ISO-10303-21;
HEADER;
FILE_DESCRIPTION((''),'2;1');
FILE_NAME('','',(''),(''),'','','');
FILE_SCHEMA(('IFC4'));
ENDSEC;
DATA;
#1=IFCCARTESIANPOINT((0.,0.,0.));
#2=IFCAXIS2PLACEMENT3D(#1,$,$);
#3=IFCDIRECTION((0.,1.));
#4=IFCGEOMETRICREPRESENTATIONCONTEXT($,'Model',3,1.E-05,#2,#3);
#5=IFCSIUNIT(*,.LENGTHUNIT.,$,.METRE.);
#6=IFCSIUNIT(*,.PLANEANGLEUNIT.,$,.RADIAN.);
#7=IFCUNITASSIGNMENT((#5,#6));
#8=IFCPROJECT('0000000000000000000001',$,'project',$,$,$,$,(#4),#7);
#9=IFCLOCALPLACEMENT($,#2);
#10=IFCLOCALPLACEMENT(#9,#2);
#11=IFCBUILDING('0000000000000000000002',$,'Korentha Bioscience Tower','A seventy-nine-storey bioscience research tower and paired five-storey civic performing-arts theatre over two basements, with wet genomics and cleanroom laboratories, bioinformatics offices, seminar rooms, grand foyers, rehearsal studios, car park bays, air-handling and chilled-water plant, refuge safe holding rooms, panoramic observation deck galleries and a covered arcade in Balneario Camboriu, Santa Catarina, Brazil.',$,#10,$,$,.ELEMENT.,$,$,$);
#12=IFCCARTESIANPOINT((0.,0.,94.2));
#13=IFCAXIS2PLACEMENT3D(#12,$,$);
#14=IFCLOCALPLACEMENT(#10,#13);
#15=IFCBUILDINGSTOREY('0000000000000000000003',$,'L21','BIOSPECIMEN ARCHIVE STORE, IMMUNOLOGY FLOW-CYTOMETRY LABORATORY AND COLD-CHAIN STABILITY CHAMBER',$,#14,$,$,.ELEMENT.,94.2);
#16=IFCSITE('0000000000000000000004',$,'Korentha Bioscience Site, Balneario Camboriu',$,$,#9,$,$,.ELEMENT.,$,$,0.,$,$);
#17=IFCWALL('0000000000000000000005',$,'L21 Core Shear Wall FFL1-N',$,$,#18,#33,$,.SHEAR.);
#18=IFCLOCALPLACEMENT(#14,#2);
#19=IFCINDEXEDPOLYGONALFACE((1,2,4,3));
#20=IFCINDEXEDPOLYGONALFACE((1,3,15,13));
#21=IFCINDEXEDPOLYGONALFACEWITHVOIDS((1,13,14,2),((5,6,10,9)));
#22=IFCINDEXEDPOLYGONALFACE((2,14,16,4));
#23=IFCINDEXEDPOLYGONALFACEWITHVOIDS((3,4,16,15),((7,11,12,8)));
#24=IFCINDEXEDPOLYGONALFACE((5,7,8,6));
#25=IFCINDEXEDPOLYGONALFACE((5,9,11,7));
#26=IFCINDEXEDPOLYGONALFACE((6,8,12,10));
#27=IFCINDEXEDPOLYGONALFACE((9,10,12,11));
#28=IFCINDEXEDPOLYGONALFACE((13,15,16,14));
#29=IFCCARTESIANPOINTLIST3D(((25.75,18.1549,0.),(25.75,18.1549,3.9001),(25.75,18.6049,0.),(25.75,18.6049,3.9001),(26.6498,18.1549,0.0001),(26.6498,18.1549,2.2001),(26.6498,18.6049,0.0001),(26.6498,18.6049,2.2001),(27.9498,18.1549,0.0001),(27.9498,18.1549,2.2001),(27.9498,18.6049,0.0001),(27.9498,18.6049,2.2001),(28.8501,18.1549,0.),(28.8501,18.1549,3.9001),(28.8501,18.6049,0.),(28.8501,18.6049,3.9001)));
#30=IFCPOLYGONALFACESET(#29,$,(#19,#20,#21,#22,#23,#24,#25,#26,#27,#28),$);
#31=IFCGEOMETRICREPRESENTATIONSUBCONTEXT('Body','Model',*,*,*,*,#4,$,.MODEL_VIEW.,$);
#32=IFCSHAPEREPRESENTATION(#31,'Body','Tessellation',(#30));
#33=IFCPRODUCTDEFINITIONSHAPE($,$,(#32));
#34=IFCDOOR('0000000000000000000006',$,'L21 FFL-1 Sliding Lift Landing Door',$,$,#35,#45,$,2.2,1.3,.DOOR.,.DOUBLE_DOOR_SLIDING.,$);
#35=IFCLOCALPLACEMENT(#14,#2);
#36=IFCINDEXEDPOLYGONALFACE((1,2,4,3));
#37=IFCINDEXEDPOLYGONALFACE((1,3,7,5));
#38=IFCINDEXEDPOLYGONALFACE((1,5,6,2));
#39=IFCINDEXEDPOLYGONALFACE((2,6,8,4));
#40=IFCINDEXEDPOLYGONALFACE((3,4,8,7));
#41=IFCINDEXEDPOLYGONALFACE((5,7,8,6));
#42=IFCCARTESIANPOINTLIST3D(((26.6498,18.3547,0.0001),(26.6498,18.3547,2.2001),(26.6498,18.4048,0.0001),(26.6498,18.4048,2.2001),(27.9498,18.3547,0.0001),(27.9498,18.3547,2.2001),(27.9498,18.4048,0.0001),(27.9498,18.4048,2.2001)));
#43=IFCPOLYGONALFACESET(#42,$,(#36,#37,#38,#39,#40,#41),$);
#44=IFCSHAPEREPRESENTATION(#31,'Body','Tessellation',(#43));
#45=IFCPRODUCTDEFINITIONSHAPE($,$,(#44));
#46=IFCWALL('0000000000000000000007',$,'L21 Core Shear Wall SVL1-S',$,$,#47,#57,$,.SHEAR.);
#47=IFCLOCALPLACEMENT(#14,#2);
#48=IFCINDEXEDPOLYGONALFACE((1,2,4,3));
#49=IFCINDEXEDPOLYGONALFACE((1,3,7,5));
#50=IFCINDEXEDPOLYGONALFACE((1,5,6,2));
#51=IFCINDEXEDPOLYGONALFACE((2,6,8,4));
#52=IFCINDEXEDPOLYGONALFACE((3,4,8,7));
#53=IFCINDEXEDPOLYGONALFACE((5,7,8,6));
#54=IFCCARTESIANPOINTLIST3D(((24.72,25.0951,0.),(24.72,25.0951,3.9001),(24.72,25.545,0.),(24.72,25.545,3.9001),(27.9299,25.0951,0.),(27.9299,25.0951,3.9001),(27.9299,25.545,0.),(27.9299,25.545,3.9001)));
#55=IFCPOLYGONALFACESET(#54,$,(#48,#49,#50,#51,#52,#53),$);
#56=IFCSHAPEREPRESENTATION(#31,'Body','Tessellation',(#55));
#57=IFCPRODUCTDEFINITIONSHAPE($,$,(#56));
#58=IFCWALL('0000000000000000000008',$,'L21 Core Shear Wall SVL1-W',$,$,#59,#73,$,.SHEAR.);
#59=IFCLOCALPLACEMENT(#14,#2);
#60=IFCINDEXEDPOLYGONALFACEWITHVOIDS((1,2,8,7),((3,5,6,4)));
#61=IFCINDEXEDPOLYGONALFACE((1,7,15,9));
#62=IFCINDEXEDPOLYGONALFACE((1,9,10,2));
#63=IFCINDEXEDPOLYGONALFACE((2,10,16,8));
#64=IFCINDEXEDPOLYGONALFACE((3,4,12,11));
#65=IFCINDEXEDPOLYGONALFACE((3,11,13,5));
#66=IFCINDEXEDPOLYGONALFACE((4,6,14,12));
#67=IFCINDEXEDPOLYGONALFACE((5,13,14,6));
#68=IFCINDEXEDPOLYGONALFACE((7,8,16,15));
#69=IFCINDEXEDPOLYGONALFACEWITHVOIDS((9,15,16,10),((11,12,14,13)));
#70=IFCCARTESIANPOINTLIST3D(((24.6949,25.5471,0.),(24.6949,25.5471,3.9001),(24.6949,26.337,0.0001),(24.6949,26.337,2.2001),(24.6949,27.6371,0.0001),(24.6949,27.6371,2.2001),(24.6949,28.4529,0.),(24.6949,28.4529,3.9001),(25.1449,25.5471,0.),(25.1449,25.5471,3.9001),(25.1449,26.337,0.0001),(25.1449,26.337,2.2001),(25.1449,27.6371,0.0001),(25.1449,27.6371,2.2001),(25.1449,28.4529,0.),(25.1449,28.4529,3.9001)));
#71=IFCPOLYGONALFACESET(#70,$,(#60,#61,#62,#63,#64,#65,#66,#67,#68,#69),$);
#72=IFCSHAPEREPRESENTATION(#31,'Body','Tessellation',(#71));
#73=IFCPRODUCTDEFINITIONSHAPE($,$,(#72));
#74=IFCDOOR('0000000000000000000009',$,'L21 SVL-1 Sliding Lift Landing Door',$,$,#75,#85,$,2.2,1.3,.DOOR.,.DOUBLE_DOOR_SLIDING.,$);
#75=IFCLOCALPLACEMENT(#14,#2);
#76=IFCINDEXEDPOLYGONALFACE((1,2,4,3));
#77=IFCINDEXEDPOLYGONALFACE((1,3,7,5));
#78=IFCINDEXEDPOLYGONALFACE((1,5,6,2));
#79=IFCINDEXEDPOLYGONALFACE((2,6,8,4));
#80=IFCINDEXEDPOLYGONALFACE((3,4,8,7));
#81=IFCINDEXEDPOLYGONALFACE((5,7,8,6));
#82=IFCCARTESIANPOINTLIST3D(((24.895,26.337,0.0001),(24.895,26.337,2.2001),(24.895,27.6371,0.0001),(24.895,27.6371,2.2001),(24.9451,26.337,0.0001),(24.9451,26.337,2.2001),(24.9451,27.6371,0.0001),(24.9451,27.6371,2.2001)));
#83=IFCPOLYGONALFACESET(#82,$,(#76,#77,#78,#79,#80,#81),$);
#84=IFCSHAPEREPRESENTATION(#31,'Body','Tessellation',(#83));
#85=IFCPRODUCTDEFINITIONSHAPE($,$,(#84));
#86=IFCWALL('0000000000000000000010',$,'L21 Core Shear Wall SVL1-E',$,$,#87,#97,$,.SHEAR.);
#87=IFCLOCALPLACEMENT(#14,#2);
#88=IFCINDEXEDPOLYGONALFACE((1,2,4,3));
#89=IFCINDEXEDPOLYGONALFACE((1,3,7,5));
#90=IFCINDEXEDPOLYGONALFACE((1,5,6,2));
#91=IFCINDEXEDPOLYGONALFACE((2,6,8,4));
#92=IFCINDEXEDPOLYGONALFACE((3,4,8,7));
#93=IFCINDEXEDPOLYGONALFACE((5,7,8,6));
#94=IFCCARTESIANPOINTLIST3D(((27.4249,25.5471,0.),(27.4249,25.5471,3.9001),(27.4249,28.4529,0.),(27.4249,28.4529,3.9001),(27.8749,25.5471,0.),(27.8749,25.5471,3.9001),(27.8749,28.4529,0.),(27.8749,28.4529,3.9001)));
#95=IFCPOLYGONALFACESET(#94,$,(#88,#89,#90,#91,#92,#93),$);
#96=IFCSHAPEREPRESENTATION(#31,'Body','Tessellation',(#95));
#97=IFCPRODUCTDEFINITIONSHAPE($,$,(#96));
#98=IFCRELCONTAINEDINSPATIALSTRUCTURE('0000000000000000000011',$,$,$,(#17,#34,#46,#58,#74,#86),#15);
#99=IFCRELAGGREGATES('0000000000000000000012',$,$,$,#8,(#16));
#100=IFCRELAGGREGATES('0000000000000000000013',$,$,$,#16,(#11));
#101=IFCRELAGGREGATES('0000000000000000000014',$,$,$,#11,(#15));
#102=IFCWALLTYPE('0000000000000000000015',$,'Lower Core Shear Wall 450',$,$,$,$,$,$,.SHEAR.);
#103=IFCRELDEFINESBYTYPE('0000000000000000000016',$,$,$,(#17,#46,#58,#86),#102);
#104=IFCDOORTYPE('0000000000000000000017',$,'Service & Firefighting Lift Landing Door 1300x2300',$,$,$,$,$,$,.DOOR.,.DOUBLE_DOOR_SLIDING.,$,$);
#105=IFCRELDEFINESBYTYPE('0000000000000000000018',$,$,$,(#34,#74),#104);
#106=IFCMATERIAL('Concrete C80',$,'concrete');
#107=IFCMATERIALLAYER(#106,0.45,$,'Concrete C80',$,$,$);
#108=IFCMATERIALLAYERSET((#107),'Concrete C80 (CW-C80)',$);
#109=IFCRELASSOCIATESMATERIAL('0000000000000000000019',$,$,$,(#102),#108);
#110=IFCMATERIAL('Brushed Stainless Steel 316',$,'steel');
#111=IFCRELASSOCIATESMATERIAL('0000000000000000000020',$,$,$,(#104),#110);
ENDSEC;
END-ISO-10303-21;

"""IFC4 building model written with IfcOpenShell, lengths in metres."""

from ifc_helpers import new_model, si_unit, direction, frame, frame_2d, origin, place, context, subcontext, project, spatial, rectangle, extrude, material, layer, layer_set, type_object, element, fill, save


model = new_model("IFC4")

# Units and contexts
model_context = context("Model", 3, precision=1e-05, world=origin(), true_north=direction((0.0, 1.0)))
body_context = subcontext(model_context, "Body", "Model", "MODEL_VIEW")
ifc_project = project(units=[si_unit("LENGTHUNIT", "METRE"), si_unit("PLANEANGLEUNIT", "RADIAN")], contexts=[model_context])

# Site, building, storey
site_placement = place(None, origin())
site = spatial("IfcSite", under=ifc_project, at=site_placement, Name="Korentha Bioscience Site, Balneario Camboriu", CompositionType="ELEMENT", RefElevation=0.0)
building_placement = place(site_placement, origin())
building = spatial("IfcBuilding", under=site, at=building_placement, Name="Korentha Bioscience Tower", Description="A seventy-nine-storey bioscience research tower and paired five-storey civic performing-arts theatre over two basements, with wet genomics and cleanroom laboratories, bioinformatics offices, seminar rooms, grand foyers, rehearsal studios, car park bays, air-handling and chilled-water plant, refuge safe holding rooms, panoramic observation deck galleries and a covered arcade in Balneario Camboriu, Santa Catarina, Brazil.", CompositionType="ELEMENT")
storey_placement = place(building_placement, frame((0.0, 0.0, 94.2)))
storey = spatial("IfcBuildingStorey", under=building, at=storey_placement, Name="L21", Description="BIOSPECIMEN ARCHIVE STORE, IMMUNOLOGY FLOW-CYTOMETRY LABORATORY AND COLD-CHAIN STABILITY CHAMBER", CompositionType="ELEMENT", Elevation=94.2)

# Shared definitions
ifc_material_1 = material(Name="Concrete C80", Category="concrete")

# Shared definitions
ifc_layer_1 = layer(ifc_material_1, 0.45, Name="Concrete C80")
ifc_layer_set_1 = layer_set([ifc_layer_1], Name="Concrete C80 (CW-C80)")
wall_type_1 = type_object("IfcWallType", Name="Lower Core Shear Wall 450", PredefinedType="SHEAR", material=ifc_layer_set_1)

# Wall, opening, door
wall_1_placement = place(storey_placement, frame((25.75, 18.3799, 0.0), z_axis=(0.0, 0.0, 1.0), x_axis=(1.0, 0.0, 0.0)))
wall_1 = element("IfcWall", 1, at=wall_1_placement, inside=storey, type_object=wall_type_1, Name="L21 Core Shear Wall FFL1-N", PredefinedType="SHEAR", context=body_context, shape_type="SweptSolid", body=[
    extrude(rectangle(XDim=3.1001, YDim=0.45, at=frame_2d((1.55, 0.0))), origin(), (0.0, 0.0, 1.0), 3.9001),
])
opening_1_placement = place(wall_1_placement, frame((0.8999, 0.0, 0.0)))
opening_1 = element("IfcOpeningElement", 2, at=opening_1_placement, cuts=wall_1, PredefinedType="OPENING", context=body_context, shape_type="SweptSolid", body=[
    extrude(rectangle(XDim=1.3, YDim=2.2, at=frame_2d((0.6499, 1.1001))), frame((0.0, 0.2397, 0.0), z_axis=(0.0, -1.0, 0.0), x_axis=(1.0, 0.0, 0.0)), (0.0, 0.0, 1.0), 0.4797),
])
ifc_material_2 = material(Name="Brushed Stainless Steel 316", Category="steel")
door_type_1 = type_object("IfcDoorType", Name="Service & Firefighting Lift Landing Door 1300x2300", OperationType="DOUBLE_DOOR_SLIDING", PredefinedType="DOOR", material=ifc_material_2)
door_1_placement = place(opening_1_placement, origin())
door_1 = element("IfcDoor", 3, at=door_1_placement, inside=storey, type_object=door_type_1, Name="L21 FFL-1 Sliding Lift Landing Door", OperationType="DOUBLE_DOOR_SLIDING", OverallHeight=2.2, OverallWidth=1.3, PredefinedType="DOOR", context=body_context, shape_type="SweptSolid", body=[
    extrude(rectangle(XDim=1.3, YDim=2.2, at=frame_2d((0.6499, 1.1001))), frame((0.0, 0.0249, 0.0), z_axis=(0.0, -1.0, 0.0), x_axis=(1.0, 0.0, 0.0)), (0.0, 0.0, 1.0), 0.05),
])
fill(opening_1, door_1)

# Wall
wall_2_placement = place(storey_placement, frame((24.72, 25.3201, 0.0), z_axis=(0.0, 0.0, 1.0), x_axis=(1.0, 0.0, 0.0)))
element("IfcWall", 4, at=wall_2_placement, inside=storey, type_object=wall_type_1, Name="L21 Core Shear Wall SVL1-S", PredefinedType="SHEAR", context=body_context, shape_type="SweptSolid", body=[
    extrude(rectangle(XDim=3.21, YDim=0.45, at=frame_2d((1.605, 0.0))), origin(), (0.0, 0.0, 1.0), 3.9001),
])

# Wall, opening, door
wall_3_placement = place(storey_placement, frame((24.9199, 25.5471, 0.0), z_axis=(0.0, 0.0, 1.0), x_axis=(0.0, 1.0, 0.0)))
wall_3 = element("IfcWall", 5, at=wall_3_placement, inside=storey, type_object=wall_type_1, Name="L21 Core Shear Wall SVL1-W", PredefinedType="SHEAR", context=body_context, shape_type="SweptSolid", body=[
    extrude(rectangle(XDim=2.9058, YDim=0.45, at=frame_2d((1.4529, 0.0))), origin(), (0.0, 0.0, 1.0), 3.9001),
])
opening_2_placement = place(wall_3_placement, frame((0.79, 0.0, 0.0)))
opening_2 = element("IfcOpeningElement", 6, at=opening_2_placement, cuts=wall_3, PredefinedType="OPENING", context=body_context, shape_type="SweptSolid", body=[
    extrude(rectangle(XDim=1.3, YDim=2.2, at=frame_2d((0.6499, 1.1001))), frame((0.0, 0.2397, 0.0), z_axis=(0.0, -1.0, 0.0), x_axis=(1.0, 0.0, 0.0)), (0.0, 0.0, 1.0), 0.4797),
])
door_2_placement = place(opening_2_placement, origin())
door_2 = element("IfcDoor", 7, at=door_2_placement, inside=storey, type_object=door_type_1, Name="L21 SVL-1 Sliding Lift Landing Door", OperationType="DOUBLE_DOOR_SLIDING", OverallHeight=2.2, OverallWidth=1.3, PredefinedType="DOOR", context=body_context, shape_type="SweptSolid", body=[
    extrude(rectangle(XDim=1.3, YDim=2.2, at=frame_2d((0.6499, 1.1001))), frame((0.0, 0.0249, 0.0), z_axis=(0.0, -1.0, 0.0), x_axis=(1.0, 0.0, 0.0)), (0.0, 0.0, 1.0), 0.05),
])
fill(opening_2, door_2)

# Wall
wall_4_placement = place(storey_placement, frame((27.6499, 25.5471, 0.0), z_axis=(0.0, 0.0, 1.0), x_axis=(0.0, 1.0, 0.0)))
element("IfcWall", 8, at=wall_4_placement, inside=storey, type_object=wall_type_1, Name="L21 Core Shear Wall SVL1-E", PredefinedType="SHEAR", context=body_context, shape_type="SweptSolid", body=[
    extrude(rectangle(XDim=2.9058, YDim=0.45, at=frame_2d((1.4529, 0.0))), origin(), (0.0, 0.0, 1.0), 3.9001),
])

save(model, "model.ifc")
